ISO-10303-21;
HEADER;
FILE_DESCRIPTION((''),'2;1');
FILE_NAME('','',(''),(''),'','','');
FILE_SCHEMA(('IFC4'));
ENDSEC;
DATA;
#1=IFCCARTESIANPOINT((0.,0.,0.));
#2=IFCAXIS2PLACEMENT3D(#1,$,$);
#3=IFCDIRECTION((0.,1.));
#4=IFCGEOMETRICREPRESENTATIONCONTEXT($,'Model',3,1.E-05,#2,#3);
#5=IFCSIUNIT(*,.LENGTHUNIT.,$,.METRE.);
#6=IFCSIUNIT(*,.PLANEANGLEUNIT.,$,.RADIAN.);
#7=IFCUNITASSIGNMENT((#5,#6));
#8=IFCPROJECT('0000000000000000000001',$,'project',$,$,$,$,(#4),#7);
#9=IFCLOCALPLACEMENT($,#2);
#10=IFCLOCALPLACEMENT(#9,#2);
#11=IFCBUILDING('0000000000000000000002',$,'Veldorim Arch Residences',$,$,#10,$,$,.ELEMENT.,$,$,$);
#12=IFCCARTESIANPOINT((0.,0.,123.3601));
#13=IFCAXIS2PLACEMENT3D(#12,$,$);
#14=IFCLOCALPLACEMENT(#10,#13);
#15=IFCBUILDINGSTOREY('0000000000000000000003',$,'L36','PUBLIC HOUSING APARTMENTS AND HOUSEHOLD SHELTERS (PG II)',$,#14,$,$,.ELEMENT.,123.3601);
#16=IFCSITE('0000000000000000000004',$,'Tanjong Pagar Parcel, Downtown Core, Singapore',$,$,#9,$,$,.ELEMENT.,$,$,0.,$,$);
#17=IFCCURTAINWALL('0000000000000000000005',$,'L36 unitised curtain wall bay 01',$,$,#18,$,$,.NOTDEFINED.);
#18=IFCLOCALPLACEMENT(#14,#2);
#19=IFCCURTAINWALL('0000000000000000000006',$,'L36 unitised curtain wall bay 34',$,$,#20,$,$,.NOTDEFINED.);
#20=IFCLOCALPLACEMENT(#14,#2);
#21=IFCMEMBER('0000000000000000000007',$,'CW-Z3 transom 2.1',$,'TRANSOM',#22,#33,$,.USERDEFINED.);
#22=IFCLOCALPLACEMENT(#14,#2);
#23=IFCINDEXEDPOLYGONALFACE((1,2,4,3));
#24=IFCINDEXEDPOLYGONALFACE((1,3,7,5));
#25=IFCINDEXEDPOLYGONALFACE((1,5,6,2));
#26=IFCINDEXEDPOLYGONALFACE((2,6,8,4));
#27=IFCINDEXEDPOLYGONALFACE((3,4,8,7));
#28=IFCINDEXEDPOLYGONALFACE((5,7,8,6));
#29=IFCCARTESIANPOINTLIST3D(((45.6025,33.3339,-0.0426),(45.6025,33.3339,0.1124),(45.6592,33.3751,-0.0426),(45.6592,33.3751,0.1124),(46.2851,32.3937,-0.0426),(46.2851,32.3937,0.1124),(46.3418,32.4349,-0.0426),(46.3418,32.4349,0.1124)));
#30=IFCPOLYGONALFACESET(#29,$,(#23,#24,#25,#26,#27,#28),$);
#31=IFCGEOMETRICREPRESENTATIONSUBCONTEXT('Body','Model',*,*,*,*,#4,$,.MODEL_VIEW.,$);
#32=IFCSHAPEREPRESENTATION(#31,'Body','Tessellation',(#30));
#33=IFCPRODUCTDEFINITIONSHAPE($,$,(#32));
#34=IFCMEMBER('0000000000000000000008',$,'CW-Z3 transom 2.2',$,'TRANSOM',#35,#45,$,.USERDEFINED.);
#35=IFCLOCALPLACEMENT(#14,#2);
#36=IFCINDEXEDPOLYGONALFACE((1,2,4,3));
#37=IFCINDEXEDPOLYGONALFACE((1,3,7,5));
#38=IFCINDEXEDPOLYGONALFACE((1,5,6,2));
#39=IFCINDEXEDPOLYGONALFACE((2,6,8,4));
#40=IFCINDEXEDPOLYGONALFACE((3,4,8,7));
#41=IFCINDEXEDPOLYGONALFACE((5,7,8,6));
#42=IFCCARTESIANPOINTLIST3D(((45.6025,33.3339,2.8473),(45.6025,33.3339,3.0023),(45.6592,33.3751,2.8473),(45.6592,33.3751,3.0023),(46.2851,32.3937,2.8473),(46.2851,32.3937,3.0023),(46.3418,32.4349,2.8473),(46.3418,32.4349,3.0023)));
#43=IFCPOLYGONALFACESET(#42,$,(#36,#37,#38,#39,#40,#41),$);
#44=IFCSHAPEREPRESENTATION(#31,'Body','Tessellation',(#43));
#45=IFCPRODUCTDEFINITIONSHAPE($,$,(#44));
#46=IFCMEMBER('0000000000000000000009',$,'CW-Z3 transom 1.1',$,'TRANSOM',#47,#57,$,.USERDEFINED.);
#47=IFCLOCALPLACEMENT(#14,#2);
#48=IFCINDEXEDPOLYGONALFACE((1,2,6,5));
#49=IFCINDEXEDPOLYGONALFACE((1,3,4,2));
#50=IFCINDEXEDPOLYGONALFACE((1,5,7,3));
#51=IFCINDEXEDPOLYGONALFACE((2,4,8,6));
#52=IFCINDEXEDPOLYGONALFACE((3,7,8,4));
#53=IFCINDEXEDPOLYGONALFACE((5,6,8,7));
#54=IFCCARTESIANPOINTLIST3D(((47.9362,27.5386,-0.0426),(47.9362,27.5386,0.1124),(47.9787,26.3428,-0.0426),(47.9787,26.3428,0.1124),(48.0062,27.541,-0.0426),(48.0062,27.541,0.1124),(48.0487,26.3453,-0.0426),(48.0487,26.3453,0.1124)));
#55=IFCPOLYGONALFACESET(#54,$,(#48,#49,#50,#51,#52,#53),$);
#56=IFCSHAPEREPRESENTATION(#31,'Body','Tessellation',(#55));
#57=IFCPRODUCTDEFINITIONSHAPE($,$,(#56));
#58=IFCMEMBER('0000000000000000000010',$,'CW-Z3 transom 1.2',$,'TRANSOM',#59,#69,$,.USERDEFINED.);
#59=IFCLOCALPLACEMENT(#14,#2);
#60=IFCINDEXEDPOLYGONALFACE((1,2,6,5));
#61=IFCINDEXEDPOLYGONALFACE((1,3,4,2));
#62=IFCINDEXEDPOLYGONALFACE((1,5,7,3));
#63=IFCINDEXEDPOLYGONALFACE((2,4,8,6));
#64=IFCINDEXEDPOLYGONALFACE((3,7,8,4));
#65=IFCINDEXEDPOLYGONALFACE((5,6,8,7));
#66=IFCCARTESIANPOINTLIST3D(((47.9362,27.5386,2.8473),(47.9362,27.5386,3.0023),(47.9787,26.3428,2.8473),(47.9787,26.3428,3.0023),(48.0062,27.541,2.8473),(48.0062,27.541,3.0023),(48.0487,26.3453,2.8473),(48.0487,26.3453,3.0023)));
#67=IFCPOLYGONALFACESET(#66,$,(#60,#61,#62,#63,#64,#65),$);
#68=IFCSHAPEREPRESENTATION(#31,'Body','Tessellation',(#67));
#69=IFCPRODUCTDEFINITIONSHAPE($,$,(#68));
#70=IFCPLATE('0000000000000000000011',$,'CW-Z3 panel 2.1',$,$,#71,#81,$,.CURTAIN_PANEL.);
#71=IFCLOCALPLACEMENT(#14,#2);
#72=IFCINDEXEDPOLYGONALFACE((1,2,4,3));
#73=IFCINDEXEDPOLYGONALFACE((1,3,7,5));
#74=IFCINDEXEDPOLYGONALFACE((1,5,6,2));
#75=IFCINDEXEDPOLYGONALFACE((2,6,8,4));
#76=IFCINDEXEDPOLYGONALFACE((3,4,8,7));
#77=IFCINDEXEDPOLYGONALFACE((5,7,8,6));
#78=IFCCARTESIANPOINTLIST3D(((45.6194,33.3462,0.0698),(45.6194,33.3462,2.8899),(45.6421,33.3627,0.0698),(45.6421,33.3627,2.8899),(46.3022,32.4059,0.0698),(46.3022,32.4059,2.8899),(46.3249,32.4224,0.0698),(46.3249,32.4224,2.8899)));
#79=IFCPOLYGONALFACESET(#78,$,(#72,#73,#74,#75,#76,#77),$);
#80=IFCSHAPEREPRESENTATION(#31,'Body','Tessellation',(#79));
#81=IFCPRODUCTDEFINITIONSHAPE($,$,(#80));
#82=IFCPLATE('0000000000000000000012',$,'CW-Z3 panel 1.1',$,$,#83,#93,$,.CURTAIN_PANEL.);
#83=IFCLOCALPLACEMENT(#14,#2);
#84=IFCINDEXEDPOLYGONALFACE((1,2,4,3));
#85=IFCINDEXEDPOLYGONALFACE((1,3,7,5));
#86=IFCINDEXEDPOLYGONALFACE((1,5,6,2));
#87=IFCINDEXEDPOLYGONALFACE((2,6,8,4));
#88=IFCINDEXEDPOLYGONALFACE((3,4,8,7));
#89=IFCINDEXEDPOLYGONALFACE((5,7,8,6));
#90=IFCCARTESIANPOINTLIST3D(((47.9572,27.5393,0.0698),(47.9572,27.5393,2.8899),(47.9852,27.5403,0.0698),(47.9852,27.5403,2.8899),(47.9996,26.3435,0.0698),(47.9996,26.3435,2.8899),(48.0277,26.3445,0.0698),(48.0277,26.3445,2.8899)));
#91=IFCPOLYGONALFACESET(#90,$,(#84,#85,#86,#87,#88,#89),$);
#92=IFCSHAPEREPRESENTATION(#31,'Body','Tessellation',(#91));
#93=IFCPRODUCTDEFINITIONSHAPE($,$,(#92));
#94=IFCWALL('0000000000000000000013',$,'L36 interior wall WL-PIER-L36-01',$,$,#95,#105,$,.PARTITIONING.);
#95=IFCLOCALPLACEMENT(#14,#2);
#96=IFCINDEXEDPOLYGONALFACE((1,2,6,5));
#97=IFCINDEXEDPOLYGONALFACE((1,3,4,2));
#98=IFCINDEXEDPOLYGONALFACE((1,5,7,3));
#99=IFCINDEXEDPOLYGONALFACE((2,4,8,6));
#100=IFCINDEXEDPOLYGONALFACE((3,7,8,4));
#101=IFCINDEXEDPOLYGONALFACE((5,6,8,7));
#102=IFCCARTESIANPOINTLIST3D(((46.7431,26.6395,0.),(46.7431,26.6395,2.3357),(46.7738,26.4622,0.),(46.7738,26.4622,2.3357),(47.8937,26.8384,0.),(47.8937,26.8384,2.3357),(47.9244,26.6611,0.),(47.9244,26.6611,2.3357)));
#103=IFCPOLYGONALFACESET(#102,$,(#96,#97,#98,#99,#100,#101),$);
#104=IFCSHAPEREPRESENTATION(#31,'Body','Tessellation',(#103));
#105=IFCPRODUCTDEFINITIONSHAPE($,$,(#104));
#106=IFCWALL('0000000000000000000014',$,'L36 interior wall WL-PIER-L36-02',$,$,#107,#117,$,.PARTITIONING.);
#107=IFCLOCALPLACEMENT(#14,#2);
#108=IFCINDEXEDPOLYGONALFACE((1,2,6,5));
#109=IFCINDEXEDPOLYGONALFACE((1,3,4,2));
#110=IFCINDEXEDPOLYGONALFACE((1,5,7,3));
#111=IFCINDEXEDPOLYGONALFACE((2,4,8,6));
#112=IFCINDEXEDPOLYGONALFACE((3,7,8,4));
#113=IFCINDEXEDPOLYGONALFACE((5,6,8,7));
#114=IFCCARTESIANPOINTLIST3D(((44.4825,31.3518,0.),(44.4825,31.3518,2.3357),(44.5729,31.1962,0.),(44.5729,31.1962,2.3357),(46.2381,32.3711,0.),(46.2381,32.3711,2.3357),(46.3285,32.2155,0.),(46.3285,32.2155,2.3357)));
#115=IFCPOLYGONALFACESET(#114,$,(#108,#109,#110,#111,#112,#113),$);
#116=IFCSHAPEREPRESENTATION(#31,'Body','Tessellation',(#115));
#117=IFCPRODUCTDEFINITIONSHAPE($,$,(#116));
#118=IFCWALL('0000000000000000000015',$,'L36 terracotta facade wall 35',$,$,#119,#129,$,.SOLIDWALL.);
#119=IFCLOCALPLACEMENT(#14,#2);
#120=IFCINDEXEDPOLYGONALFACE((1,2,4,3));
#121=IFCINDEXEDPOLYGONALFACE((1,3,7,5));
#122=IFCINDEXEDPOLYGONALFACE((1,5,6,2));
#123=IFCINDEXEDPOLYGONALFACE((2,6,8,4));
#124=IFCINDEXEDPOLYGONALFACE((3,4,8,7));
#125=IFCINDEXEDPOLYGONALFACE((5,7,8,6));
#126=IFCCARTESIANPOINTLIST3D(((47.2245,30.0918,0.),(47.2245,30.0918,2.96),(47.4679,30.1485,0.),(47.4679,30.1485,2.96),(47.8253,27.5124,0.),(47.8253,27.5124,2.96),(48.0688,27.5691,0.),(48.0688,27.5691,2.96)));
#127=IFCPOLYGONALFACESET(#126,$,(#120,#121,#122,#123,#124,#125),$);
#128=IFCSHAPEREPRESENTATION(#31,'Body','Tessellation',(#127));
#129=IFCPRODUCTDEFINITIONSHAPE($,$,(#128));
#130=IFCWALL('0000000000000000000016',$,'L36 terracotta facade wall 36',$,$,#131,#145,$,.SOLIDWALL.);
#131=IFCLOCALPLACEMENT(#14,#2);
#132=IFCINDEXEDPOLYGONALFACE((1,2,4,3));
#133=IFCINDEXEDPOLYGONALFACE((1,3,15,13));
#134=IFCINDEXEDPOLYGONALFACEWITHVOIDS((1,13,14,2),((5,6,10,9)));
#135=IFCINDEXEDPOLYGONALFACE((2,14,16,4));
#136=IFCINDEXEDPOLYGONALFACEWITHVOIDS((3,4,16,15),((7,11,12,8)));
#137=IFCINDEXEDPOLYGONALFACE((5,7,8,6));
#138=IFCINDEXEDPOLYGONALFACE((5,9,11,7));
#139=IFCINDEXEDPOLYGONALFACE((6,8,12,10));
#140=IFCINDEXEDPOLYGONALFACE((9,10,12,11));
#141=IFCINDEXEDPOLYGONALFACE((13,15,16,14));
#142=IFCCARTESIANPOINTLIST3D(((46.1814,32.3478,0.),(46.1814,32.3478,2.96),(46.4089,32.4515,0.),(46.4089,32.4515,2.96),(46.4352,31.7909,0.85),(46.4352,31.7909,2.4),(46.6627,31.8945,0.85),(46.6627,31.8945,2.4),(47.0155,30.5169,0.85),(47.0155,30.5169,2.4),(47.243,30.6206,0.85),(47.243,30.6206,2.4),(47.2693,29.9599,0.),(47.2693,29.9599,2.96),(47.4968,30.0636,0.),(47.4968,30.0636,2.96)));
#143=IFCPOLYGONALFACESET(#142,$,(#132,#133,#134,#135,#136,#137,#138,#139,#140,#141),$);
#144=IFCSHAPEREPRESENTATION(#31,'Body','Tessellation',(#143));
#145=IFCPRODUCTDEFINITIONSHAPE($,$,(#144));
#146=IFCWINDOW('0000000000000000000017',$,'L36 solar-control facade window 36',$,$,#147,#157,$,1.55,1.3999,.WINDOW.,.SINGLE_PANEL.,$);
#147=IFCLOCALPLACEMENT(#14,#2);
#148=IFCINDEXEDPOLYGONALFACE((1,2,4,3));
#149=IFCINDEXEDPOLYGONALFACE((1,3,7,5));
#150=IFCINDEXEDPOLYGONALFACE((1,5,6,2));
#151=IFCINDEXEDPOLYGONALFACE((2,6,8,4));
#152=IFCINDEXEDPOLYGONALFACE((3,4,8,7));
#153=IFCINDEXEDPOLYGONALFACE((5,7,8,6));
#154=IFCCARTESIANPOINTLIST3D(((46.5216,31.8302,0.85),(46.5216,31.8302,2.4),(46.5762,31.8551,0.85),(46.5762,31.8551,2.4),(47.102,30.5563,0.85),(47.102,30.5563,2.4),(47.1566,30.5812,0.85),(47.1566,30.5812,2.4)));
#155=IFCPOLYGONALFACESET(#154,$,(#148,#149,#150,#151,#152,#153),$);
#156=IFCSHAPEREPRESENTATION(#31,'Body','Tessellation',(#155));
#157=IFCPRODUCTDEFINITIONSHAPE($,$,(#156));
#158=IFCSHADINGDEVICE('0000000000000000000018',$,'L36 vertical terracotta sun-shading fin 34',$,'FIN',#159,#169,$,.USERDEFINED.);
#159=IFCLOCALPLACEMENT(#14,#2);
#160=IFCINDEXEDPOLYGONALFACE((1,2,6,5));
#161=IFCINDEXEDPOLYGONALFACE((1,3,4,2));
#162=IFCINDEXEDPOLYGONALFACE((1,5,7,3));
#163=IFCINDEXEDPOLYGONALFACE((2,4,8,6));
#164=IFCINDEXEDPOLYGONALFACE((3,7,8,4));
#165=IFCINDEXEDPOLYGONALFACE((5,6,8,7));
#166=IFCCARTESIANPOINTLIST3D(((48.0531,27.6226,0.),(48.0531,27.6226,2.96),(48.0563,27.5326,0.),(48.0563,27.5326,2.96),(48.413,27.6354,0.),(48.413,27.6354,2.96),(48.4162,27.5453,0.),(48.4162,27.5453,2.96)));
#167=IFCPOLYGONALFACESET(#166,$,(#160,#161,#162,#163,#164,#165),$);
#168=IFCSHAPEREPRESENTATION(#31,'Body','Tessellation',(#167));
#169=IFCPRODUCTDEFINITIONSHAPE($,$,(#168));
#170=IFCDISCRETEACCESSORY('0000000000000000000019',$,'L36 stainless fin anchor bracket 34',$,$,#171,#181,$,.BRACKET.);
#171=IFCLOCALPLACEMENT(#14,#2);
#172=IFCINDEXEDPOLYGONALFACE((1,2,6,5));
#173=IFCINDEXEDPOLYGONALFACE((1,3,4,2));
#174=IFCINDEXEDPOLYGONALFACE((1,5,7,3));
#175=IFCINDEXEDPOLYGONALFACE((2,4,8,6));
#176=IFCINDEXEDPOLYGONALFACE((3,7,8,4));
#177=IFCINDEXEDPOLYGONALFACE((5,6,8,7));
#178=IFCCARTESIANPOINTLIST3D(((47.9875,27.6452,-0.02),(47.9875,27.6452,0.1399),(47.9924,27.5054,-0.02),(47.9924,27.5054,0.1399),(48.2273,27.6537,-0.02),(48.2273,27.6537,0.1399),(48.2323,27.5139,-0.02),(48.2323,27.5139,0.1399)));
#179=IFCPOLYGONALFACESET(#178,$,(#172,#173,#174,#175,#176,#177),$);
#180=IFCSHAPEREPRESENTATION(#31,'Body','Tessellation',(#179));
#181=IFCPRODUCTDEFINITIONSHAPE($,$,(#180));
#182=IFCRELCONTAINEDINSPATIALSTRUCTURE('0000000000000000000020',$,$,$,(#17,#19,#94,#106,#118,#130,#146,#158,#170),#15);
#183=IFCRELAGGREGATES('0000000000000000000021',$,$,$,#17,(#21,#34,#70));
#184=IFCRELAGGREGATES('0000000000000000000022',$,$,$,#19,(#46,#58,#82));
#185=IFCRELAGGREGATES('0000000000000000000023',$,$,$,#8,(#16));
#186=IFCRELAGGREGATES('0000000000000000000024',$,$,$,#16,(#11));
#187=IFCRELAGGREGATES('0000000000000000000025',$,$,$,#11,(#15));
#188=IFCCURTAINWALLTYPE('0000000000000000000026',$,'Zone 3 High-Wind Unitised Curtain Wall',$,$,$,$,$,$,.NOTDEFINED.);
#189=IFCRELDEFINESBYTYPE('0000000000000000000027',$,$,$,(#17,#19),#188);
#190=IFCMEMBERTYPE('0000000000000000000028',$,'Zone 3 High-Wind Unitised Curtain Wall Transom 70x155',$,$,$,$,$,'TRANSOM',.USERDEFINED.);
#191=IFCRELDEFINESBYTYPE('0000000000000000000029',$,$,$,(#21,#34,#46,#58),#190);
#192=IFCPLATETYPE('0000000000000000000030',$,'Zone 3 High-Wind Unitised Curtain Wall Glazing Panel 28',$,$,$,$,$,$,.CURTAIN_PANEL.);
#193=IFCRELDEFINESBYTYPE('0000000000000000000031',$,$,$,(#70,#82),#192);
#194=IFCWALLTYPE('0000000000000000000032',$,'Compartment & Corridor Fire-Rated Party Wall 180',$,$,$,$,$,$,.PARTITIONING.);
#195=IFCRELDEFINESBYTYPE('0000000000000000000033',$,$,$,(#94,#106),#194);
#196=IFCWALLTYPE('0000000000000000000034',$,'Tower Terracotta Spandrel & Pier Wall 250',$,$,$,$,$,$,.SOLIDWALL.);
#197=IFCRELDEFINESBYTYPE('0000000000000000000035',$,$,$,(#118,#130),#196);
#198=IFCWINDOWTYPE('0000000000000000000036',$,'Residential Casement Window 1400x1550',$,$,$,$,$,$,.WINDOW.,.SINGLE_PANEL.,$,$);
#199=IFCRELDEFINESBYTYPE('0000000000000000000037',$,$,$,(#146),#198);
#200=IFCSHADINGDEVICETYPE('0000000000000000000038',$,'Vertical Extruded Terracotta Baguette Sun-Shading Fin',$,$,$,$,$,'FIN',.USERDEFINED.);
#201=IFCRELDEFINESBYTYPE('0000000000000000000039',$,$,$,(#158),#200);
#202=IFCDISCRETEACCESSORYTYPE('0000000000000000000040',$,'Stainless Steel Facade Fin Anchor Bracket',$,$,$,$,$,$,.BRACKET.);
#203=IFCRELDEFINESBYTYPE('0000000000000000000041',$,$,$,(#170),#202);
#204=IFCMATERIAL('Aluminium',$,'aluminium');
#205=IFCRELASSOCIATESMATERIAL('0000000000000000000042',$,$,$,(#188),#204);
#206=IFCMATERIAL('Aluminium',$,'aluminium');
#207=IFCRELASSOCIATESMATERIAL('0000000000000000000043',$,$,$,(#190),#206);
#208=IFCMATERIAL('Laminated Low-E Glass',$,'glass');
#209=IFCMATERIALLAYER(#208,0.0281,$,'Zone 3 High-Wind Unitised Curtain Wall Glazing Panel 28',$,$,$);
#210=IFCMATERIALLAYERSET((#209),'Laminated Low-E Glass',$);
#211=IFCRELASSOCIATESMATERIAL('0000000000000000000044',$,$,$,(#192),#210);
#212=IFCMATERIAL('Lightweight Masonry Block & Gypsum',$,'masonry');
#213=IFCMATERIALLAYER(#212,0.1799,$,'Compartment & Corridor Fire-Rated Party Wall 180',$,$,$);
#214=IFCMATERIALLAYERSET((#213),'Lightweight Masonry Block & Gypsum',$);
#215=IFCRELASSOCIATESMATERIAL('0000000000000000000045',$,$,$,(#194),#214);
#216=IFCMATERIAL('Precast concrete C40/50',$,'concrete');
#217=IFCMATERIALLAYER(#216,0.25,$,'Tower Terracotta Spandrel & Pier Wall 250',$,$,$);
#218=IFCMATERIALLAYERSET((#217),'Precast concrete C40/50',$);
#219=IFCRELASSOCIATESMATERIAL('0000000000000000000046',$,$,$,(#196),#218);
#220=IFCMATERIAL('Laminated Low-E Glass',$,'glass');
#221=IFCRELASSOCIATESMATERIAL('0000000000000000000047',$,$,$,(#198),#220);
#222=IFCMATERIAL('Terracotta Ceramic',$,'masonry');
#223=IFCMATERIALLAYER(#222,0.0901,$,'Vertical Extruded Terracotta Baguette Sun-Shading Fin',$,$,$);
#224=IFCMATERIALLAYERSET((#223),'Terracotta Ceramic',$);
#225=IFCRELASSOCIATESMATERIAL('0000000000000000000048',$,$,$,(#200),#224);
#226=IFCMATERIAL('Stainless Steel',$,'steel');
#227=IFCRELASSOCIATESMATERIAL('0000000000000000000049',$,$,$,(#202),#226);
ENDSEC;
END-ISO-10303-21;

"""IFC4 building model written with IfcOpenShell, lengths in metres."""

from ifc_helpers import new_model, si_unit, direction, frame, frame_2d, origin, origin_2d, place, context, subcontext, project, spatial, rectangle, extrude, material, layer, layer_set, material_profile, profile_set, type_object, element, fill, aggregate, save


model = new_model("IFC4")

# Units and contexts
model_context = context("Model", 3, precision=1e-05, world=origin(), true_north=direction((0.0, 1.0)))
body_context = subcontext(model_context, "Body", "Model", "MODEL_VIEW")
ifc_project = project(units=[si_unit("LENGTHUNIT", "METRE"), si_unit("PLANEANGLEUNIT", "RADIAN")], contexts=[model_context])

# Site, building, storey
site_placement = place(None, origin())
site = spatial("IfcSite", under=ifc_project, at=site_placement, Name="Tanjong Pagar Parcel, Downtown Core, Singapore", CompositionType="ELEMENT", RefElevation=0.0)
building_placement = place(site_placement, origin())
building = spatial("IfcBuilding", under=site, at=building_placement, Name="Veldorim Arch Residences", CompositionType="ELEMENT")
storey_placement = place(building_placement, frame((0.0, 0.0, 123.3601)))
storey = spatial("IfcBuildingStorey", under=building, at=storey_placement, Name="L36", Description="PUBLIC HOUSING APARTMENTS AND HOUSEHOLD SHELTERS (PG II)", CompositionType="ELEMENT", Elevation=123.3601)

# Curtain walls
ifc_material_1 = material(Name="Aluminium", Category="aluminium")
curtain_wall_type = type_object("IfcCurtainWallType", Name="Zone 3 High-Wind Unitised Curtain Wall", PredefinedType="NOTDEFINED", material=ifc_material_1)
curtain_wall_1_placement = place(storey_placement, origin())
curtain_wall_1 = element("IfcCurtainWall", 1, at=curtain_wall_1_placement, inside=storey, type_object=curtain_wall_type, Name="L36 unitised curtain wall bay 01", PredefinedType="NOTDEFINED")
curtain_wall_2_placement = place(storey_placement, origin())
curtain_wall_2 = element("IfcCurtainWall", 2, at=curtain_wall_2_placement, inside=storey, type_object=curtain_wall_type, Name="L36 unitised curtain wall bay 34", PredefinedType="NOTDEFINED")

# Members
ifc_material_2 = material(Name="Aluminium", Category="aluminium")
ifc_material_profile_1 = material_profile(ifc_material_2, rectangle(XDim=0.0701, YDim=0.155, at=origin_2d()), Name="ALU_TRN_70x155")
ifc_profile_set_1 = profile_set([ifc_material_profile_1], Name="Aluminium")
member_type_1 = type_object("IfcMemberType", Name="Zone 3 High-Wind Unitised Curtain Wall Transom 70x155", ElementType="TRANSOM", PredefinedType="USERDEFINED", material=ifc_profile_set_1)
member_1_placement = place(storey_placement, frame((45.6309, 33.3545, 0.0349), z_axis=(0.587522, -0.809208, 0.0), x_axis=(0.809208, 0.587522, 0.0)))
member_1 = element("IfcMember", 3, at=member_1_placement, type_object=member_type_1, Name="CW-Z3 transom 2.1", ObjectType="TRANSOM", PredefinedType="USERDEFINED", context=body_context, shape_type="SweptSolid", body=[
    extrude(rectangle(XDim=0.0701, YDim=0.155, at=origin_2d()), origin(), (0.0, 0.0, 1.0), 1.1619),
])
member_2_placement = place(storey_placement, frame((45.6309, 33.3545, 2.9248), z_axis=(0.587522, -0.809208, 0.0), x_axis=(0.809208, 0.587522, 0.0)))
member_2 = element("IfcMember", 4, at=member_2_placement, type_object=member_type_1, Name="CW-Z3 transom 2.2", ObjectType="TRANSOM", PredefinedType="USERDEFINED", context=body_context, shape_type="SweptSolid", body=[
    extrude(rectangle(XDim=0.0701, YDim=0.155, at=origin_2d()), origin(), (0.0, 0.0, 1.0), 1.1619),
])
member_3_placement = place(storey_placement, frame((47.9712, 27.5398, 0.0349), z_axis=(0.035502, -0.99937, 0.0), x_axis=(0.99937, 0.035502, 0.0)))
member_3 = element("IfcMember", 5, at=member_3_placement, type_object=member_type_1, Name="CW-Z3 transom 1.1", ObjectType="TRANSOM", PredefinedType="USERDEFINED", context=body_context, shape_type="SweptSolid", body=[
    extrude(rectangle(XDim=0.0701, YDim=0.155, at=origin_2d()), origin(), (0.0, 0.0, 1.0), 1.1965),
])
member_4_placement = place(storey_placement, frame((47.9712, 27.5398, 2.9248), z_axis=(0.035502, -0.99937, 0.0), x_axis=(0.99937, 0.035502, 0.0)))
member_4 = element("IfcMember", 6, at=member_4_placement, type_object=member_type_1, Name="CW-Z3 transom 1.2", ObjectType="TRANSOM", PredefinedType="USERDEFINED", context=body_context, shape_type="SweptSolid", body=[
    extrude(rectangle(XDim=0.0701, YDim=0.155, at=origin_2d()), origin(), (0.0, 0.0, 1.0), 1.1965),
])

# Plates
ifc_material_3 = material(Name="Laminated Low-E Glass", Category="glass")
ifc_layer_1 = layer(ifc_material_3, 0.0281, Name="Zone 3 High-Wind Unitised Curtain Wall Glazing Panel 28")
ifc_layer_set_1 = layer_set([ifc_layer_1], Name="Laminated Low-E Glass")
plate_type = type_object("IfcPlateType", Name="Zone 3 High-Wind Unitised Curtain Wall Glazing Panel 28", PredefinedType="CURTAIN_PANEL", material=ifc_layer_set_1)
plate_1_placement = place(storey_placement, frame((45.9722, 32.8843, 0.0698), z_axis=(0.0, 0.0, 1.0), x_axis=(0.587585, -0.809162, 0.0)))
plate_1 = element("IfcPlate", 7, at=plate_1_placement, type_object=plate_type, Name="CW-Z3 panel 2.1", PredefinedType="CURTAIN_PANEL", context=body_context, shape_type="SweptSolid", body=[
    extrude(rectangle(XDim=1.1621, YDim=0.0281, at=origin_2d()), origin(), (0.0, 0.0, 1.0), 2.8201),
])
aggregate(curtain_wall_1, [member_1, member_2, plate_1])
plate_2_placement = place(storey_placement, frame((47.9924, 26.9419, 0.0698), z_axis=(0.0, 0.0, 1.0), x_axis=(0.035498, -0.99937, 0.0)))
plate_2 = element("IfcPlate", 8, at=plate_2_placement, type_object=plate_type, Name="CW-Z3 panel 1.1", PredefinedType="CURTAIN_PANEL", context=body_context, shape_type="SweptSolid", body=[
    extrude(rectangle(XDim=1.1965, YDim=0.0281, at=origin_2d()), origin(), (0.0, 0.0, 1.0), 2.8201),
])
aggregate(curtain_wall_2, [member_3, member_4, plate_2])

# Walls
ifc_material_4 = material(Name="Lightweight Masonry Block & Gypsum", Category="masonry")
ifc_layer_2 = layer(ifc_material_4, 0.1799, Name="Compartment & Corridor Fire-Rated Party Wall 180")
ifc_layer_set_2 = layer_set([ifc_layer_2], Name="Lightweight Masonry Block & Gypsum")
wall_type_1 = type_object("IfcWallType", Name="Compartment & Corridor Fire-Rated Party Wall 180", PredefinedType="PARTITIONING", material=ifc_layer_set_2)
wall_1_placement = place(storey_placement, frame((46.7583, 26.5508, 0.0), z_axis=(0.0, 0.0, 1.0), x_axis=(0.985375, 0.170397, 0.0)))
element("IfcWall", 9, at=wall_1_placement, inside=storey, type_object=wall_type_1, Name="L36 interior wall WL-PIER-L36-01", PredefinedType="PARTITIONING", context=body_context, shape_type="SweptSolid", body=[
    extrude(rectangle(XDim=1.1677, YDim=0.1799, at=frame_2d((0.584, 0.0))), origin(), (0.0, 0.0, 1.0), 2.3357),
])
wall_2_placement = place(storey_placement, frame((44.5276, 31.2739, 0.0), z_axis=(0.0, 0.0, 1.0), x_axis=(0.864811, 0.502098, 0.0)))
element("IfcWall", 10, at=wall_2_placement, inside=storey, type_object=wall_type_1, Name="L36 interior wall WL-PIER-L36-02", PredefinedType="PARTITIONING", context=body_context, shape_type="SweptSolid", body=[
    extrude(rectangle(XDim=2.03, YDim=0.1799, at=frame_2d((1.0151, 0.0))), origin(), (0.0, 0.0, 1.0), 2.3357),
])
ifc_material_5 = material(Name="Precast concrete C40/50", Category="concrete")
ifc_layer_3 = layer(ifc_material_5, 0.25, Name="Tower Terracotta Spandrel & Pier Wall 250")
ifc_layer_set_3 = layer_set([ifc_layer_3], Name="Precast concrete C40/50")
wall_type_2 = type_object("IfcWallType", Name="Tower Terracotta Spandrel & Pier Wall 250", PredefinedType="SOLIDWALL", material=ifc_layer_set_3)
wall_3_placement = place(storey_placement, frame((47.3462, 30.1201, 0.0), z_axis=(0.0, 0.0, 1.0), x_axis=(0.226865, -0.973926, 0.0)))
element("IfcWall", 11, at=wall_3_placement, inside=storey, type_object=wall_type_2, Name="L36 terracotta facade wall 35", PredefinedType="SOLIDWALL", context=body_context, shape_type="SweptSolid", body=[
    extrude(rectangle(XDim=2.6484, YDim=0.25, at=frame_2d((1.3242, 0.0))), origin(), (0.0, 0.0, 1.0), 2.96),
])

# Wall, opening, window
wall_4_placement = place(storey_placement, frame((46.2952, 32.3997, 0.0), z_axis=(0.0, 0.0, 1.0), x_axis=(0.414581, -0.910012, 0.0)))
wall_4 = element("IfcWall", 12, at=wall_4_placement, inside=storey, type_object=wall_type_2, Name="L36 terracotta facade wall 36", PredefinedType="SOLIDWALL", context=body_context, shape_type="SweptSolid", body=[
    extrude(rectangle(XDim=2.624, YDim=0.25, at=frame_2d((1.312, 0.0))), origin(), (0.0, 0.0, 1.0), 2.96),
])
opening_placement = place(wall_4_placement, frame((0.6121, 0.0, 0.8501)))
opening = element("IfcOpeningElement", 13, at=opening_placement, cuts=wall_4, PredefinedType="OPENING", context=body_context, shape_type="SweptSolid", body=[
    extrude(rectangle(XDim=1.3999, YDim=1.55, at=frame_2d((0.7, 0.7749))), frame((0.0, 0.135, 0.0), z_axis=(0.0, -1.0, 0.0), x_axis=(1.0, 0.0, 0.0)), (0.0, 0.0, 1.0), 0.27),
])
ifc_material_6 = material(Name="Laminated Low-E Glass", Category="glass")
window_type = type_object("IfcWindowType", Name="Residential Casement Window 1400x1550", PartitioningType="SINGLE_PANEL", PredefinedType="WINDOW", material=ifc_material_6)
window_placement = place(opening_placement, origin())
window = element("IfcWindow", 14, at=window_placement, inside=storey, type_object=window_type, Name="L36 solar-control facade window 36", OverallHeight=1.55, OverallWidth=1.3999, PartitioningType="SINGLE_PANEL", PredefinedType="WINDOW", context=body_context, shape_type="SweptSolid", body=[
    extrude(rectangle(XDim=1.3999, YDim=1.55, at=frame_2d((0.7, 0.7749))), frame((0.0, 0.03, 0.0), z_axis=(0.0, -1.0, 0.0), x_axis=(1.0, 0.0, 0.0)), (0.0, 0.0, 1.0), 0.0601),
])
fill(opening, window)

# Shading device
ifc_material_7 = material(Name="Terracotta Ceramic", Category="masonry")
ifc_layer_4 = layer(ifc_material_7, 0.0901, Name="Vertical Extruded Terracotta Baguette Sun-Shading Fin")
ifc_layer_set_4 = layer_set([ifc_layer_4], Name="Terracotta Ceramic")
shading_device_type = type_object("IfcShadingDeviceType", Name="Vertical Extruded Terracotta Baguette Sun-Shading Fin", ElementType="FIN", PredefinedType="USERDEFINED", material=ifc_layer_set_4)
shading_device_placement = place(storey_placement, frame((48.2346, 27.584, 0.0), z_axis=(0.0, 0.0, 1.0), x_axis=(0.035423, -0.999372, 0.0)))
element("IfcShadingDevice", 15, at=shading_device_placement, inside=storey, type_object=shading_device_type, Name="L36 vertical terracotta sun-shading fin 34", ObjectType="FIN", PredefinedType="USERDEFINED", context=body_context, shape_type="SweptSolid", body=[
    extrude(rectangle(XDim=0.0901, YDim=0.3601, at=origin_2d()), origin(), (0.0, 0.0, 1.0), 2.96),
])

# Discrete accessory
ifc_material_8 = material(Name="Stainless Steel", Category="steel")
discrete_accessory_type = type_object("IfcDiscreteAccessoryType", Name="Stainless Steel Facade Fin Anchor Bracket", PredefinedType="BRACKET", material=ifc_material_8)
discrete_accessory_placement = place(storey_placement, frame((48.1099, 27.5796, -0.02), z_axis=(0.0, 0.0, 1.0), x_axis=(0.035423, -0.999372, 0.0)))
element("IfcDiscreteAccessory", 16, at=discrete_accessory_placement, inside=storey, type_object=discrete_accessory_type, Name="L36 stainless fin anchor bracket 34", PredefinedType="BRACKET", context=body_context, shape_type="SweptSolid", body=[
    extrude(rectangle(XDim=0.1399, YDim=0.24, at=origin_2d()), origin(), (0.0, 0.0, 1.0), 0.1599),
])

save(model, "model.ifc")
